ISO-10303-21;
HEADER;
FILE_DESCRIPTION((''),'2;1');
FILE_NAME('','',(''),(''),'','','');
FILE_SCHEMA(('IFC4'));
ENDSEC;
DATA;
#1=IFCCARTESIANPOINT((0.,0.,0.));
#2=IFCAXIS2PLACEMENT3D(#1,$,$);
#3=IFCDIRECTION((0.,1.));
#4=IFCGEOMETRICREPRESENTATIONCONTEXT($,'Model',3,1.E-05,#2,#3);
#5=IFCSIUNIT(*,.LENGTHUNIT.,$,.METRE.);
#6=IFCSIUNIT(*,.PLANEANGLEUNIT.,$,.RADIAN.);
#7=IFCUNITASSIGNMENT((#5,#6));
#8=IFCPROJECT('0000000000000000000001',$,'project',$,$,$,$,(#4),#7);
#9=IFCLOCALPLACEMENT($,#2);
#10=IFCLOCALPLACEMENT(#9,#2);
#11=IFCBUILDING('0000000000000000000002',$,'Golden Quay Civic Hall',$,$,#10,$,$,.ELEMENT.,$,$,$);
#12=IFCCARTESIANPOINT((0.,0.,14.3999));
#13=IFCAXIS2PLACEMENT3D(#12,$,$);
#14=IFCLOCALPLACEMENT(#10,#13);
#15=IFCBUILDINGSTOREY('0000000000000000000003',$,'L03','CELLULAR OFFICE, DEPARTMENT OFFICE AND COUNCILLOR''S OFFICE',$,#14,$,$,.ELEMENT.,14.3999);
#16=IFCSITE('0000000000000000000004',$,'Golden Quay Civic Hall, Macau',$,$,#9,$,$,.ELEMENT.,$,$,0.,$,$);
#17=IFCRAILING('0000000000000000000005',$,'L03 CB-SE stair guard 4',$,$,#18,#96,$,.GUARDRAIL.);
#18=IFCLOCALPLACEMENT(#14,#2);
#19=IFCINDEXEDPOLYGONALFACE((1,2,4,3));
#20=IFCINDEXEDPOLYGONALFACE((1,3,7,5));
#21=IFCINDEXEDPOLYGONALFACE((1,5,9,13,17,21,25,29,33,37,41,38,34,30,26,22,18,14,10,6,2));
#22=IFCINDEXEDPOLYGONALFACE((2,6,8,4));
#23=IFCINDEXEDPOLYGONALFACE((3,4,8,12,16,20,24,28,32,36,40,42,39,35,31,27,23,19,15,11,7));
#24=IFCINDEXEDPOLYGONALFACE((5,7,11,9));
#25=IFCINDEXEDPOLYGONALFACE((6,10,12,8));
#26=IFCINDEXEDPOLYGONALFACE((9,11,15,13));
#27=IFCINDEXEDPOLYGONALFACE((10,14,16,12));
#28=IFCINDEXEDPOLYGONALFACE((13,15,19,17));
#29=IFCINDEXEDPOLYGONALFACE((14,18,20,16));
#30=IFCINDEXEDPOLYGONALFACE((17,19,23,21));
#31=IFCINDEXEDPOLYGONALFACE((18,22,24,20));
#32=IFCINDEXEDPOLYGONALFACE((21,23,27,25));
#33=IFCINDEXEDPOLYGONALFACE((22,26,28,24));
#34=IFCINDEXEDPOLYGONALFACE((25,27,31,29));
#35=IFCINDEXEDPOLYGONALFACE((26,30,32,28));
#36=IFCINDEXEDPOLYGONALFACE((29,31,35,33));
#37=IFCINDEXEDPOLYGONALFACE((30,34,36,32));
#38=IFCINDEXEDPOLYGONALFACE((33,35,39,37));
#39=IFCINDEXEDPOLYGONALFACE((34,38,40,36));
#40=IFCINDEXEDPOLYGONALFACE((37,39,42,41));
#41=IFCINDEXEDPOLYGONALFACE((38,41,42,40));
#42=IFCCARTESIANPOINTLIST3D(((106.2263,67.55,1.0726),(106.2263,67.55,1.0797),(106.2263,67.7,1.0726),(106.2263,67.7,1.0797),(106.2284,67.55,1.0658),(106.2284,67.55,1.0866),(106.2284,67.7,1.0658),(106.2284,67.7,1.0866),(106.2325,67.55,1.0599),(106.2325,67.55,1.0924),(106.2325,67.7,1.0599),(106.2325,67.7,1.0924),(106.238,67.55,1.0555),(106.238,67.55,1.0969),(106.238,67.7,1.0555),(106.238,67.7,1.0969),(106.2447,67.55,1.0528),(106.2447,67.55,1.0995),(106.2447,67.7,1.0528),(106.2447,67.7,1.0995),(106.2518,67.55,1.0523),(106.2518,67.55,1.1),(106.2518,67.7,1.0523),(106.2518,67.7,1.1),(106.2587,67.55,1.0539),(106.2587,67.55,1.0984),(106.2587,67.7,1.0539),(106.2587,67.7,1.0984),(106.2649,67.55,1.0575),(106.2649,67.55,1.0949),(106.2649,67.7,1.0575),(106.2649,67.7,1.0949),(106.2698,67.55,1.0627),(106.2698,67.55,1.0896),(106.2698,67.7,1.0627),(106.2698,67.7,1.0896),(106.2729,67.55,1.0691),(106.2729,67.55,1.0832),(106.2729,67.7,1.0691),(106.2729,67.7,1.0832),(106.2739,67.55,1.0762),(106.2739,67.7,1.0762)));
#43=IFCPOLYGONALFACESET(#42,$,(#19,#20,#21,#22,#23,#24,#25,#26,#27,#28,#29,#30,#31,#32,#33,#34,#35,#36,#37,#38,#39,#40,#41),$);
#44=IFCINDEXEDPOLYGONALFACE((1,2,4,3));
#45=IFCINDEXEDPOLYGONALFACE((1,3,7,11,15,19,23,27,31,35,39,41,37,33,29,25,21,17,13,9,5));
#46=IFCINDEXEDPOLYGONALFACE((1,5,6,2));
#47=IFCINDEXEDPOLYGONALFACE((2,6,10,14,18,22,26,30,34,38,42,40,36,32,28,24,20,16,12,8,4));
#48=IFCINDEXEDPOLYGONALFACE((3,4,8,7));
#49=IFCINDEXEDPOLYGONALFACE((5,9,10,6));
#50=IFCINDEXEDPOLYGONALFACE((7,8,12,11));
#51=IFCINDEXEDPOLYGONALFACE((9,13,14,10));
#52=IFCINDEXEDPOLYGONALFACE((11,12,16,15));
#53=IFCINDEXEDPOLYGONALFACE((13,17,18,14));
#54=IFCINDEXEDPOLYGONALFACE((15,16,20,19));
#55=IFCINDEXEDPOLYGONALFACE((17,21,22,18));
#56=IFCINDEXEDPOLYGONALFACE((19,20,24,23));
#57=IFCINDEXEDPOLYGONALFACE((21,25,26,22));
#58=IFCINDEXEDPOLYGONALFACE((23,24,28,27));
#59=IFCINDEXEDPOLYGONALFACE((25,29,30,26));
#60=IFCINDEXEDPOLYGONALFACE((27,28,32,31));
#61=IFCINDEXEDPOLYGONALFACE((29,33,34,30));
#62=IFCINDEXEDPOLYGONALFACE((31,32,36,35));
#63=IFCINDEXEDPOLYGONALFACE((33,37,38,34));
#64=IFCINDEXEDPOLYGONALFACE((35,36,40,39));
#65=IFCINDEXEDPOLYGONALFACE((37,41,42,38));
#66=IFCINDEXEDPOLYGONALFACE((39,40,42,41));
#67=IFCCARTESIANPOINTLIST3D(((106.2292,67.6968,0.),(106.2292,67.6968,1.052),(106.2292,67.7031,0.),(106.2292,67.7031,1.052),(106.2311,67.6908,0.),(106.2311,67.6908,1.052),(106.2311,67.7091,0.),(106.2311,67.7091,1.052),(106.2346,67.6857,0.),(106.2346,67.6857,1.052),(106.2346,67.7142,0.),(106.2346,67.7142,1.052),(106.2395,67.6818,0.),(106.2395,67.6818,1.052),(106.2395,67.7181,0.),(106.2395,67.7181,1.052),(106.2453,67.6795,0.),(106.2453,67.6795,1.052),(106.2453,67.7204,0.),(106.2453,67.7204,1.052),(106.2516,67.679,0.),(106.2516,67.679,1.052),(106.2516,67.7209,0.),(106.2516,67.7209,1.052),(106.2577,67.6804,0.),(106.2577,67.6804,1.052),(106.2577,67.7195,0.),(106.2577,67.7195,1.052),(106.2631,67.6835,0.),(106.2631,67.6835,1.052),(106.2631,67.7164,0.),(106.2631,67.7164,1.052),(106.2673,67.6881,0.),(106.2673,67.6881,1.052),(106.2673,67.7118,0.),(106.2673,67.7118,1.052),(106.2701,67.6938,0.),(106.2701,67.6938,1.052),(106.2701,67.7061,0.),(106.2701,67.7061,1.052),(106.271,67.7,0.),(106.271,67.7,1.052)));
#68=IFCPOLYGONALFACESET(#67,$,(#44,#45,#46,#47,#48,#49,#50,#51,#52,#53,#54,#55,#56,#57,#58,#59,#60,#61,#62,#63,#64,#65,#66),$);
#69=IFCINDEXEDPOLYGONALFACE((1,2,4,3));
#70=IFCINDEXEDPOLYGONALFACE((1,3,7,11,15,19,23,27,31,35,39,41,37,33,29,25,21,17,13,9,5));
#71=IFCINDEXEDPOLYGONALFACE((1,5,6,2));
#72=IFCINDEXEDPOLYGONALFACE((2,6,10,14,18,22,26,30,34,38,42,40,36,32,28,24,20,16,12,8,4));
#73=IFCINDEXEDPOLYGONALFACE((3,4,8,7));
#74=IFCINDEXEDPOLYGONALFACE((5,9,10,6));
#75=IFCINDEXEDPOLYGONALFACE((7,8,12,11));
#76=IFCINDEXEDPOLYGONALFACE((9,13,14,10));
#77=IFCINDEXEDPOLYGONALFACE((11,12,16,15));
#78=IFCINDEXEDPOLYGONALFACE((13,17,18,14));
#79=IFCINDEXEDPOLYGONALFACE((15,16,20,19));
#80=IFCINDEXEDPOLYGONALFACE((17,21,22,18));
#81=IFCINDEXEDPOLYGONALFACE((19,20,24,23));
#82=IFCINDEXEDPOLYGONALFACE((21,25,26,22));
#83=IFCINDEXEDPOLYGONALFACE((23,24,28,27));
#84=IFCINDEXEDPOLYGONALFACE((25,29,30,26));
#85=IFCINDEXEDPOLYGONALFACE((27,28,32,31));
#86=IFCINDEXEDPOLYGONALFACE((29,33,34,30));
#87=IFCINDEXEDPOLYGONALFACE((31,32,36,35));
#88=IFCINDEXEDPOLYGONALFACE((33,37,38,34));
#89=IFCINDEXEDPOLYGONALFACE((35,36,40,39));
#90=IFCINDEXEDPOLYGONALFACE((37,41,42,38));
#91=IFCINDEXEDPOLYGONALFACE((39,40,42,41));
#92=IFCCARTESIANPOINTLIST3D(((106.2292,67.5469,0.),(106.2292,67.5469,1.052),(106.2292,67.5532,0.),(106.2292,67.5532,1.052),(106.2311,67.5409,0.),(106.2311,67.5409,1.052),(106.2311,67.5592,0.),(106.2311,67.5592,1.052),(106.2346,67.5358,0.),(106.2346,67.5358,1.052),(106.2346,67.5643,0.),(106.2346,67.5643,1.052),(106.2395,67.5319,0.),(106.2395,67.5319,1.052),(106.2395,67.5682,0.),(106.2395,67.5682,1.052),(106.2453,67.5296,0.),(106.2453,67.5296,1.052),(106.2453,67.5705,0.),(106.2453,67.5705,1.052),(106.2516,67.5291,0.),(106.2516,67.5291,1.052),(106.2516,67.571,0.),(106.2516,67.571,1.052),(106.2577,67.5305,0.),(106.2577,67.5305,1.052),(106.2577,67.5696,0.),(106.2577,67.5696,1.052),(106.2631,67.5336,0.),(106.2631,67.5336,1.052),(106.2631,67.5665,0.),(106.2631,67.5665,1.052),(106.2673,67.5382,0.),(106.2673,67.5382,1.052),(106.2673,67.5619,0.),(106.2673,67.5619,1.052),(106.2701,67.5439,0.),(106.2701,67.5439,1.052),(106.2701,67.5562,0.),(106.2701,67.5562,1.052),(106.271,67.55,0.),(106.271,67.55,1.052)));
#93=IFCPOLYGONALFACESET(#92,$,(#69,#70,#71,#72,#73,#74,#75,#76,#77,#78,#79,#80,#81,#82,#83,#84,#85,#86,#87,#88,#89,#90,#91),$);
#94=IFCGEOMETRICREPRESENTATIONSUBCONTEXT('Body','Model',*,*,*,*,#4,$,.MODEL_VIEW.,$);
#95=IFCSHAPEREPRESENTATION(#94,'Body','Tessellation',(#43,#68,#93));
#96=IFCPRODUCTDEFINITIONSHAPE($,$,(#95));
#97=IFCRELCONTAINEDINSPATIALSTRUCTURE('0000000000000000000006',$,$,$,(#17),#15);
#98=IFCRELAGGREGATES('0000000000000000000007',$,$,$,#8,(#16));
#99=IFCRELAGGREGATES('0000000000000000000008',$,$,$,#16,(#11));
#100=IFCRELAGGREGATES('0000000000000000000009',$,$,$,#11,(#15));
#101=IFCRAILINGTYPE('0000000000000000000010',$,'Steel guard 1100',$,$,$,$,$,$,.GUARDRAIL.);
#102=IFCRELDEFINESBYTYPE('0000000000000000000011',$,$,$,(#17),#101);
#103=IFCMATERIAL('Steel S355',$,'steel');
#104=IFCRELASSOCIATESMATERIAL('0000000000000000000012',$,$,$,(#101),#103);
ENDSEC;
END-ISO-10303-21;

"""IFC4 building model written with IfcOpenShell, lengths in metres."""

from ifc_helpers import new_model, si_unit, direction, frame, origin, origin_2d, place, context, subcontext, project, spatial, circle, extrude, material, type_object, element, save


model = new_model("IFC4")

# Units and contexts
model_context = context("Model", 3, precision=1e-05, world=origin(), true_north=direction((0.0, 1.0)))
body_context = subcontext(model_context, "Body", "Model", "MODEL_VIEW")
ifc_project = project(units=[si_unit("LENGTHUNIT", "METRE"), si_unit("PLANEANGLEUNIT", "RADIAN")], contexts=[model_context])

# Site, building, storey
site_placement = place(None, origin())
site = spatial("IfcSite", under=ifc_project, at=site_placement, Name="Golden Quay Civic Hall, Macau", CompositionType="ELEMENT", RefElevation=0.0)
building_placement = place(site_placement, origin())
building = spatial("IfcBuilding", under=site, at=building_placement, Name="Golden Quay Civic Hall", CompositionType="ELEMENT")
storey_placement = place(building_placement, frame((0.0, 0.0, 14.3999)))
storey = spatial("IfcBuildingStorey", under=building, at=storey_placement, Name="L03", Description="CELLULAR OFFICE, DEPARTMENT OFFICE AND COUNCILLOR'S OFFICE", CompositionType="ELEMENT", Elevation=14.3999)

# Railing
ifc_material_1 = material(Name="Steel S355", Category="steel")
railing_type_1 = type_object("IfcRailingType", Name="Steel guard 1100", PredefinedType="GUARDRAIL", material=ifc_material_1)
railing_1_placement = place(storey_placement, frame((106.25, 67.7, 0.0)))
element("IfcRailing", 1, at=railing_1_placement, inside=storey, type_object=railing_type_1, Name="L03 CB-SE stair guard 4", PredefinedType="GUARDRAIL", context=body_context, shape_type="SweptSolid", body=[
    extrude(circle(Radius=0.0239, at=origin_2d()), frame((0.0, 0.0, 1.0762), z_axis=(0.0, -1.0, 0.0), x_axis=(1.0, 0.0, 0.0)), (0.0, 0.0, 1.0), 0.1499),
    extrude(circle(Radius=0.021, at=origin_2d()), origin(), (0.0, 0.0, 1.0), 1.052),
    extrude(circle(Radius=0.021, at=origin_2d()), frame((0.0, -0.1499, 0.0)), (0.0, 0.0, 1.0), 1.052),
])

save(model, "model.ifc")
